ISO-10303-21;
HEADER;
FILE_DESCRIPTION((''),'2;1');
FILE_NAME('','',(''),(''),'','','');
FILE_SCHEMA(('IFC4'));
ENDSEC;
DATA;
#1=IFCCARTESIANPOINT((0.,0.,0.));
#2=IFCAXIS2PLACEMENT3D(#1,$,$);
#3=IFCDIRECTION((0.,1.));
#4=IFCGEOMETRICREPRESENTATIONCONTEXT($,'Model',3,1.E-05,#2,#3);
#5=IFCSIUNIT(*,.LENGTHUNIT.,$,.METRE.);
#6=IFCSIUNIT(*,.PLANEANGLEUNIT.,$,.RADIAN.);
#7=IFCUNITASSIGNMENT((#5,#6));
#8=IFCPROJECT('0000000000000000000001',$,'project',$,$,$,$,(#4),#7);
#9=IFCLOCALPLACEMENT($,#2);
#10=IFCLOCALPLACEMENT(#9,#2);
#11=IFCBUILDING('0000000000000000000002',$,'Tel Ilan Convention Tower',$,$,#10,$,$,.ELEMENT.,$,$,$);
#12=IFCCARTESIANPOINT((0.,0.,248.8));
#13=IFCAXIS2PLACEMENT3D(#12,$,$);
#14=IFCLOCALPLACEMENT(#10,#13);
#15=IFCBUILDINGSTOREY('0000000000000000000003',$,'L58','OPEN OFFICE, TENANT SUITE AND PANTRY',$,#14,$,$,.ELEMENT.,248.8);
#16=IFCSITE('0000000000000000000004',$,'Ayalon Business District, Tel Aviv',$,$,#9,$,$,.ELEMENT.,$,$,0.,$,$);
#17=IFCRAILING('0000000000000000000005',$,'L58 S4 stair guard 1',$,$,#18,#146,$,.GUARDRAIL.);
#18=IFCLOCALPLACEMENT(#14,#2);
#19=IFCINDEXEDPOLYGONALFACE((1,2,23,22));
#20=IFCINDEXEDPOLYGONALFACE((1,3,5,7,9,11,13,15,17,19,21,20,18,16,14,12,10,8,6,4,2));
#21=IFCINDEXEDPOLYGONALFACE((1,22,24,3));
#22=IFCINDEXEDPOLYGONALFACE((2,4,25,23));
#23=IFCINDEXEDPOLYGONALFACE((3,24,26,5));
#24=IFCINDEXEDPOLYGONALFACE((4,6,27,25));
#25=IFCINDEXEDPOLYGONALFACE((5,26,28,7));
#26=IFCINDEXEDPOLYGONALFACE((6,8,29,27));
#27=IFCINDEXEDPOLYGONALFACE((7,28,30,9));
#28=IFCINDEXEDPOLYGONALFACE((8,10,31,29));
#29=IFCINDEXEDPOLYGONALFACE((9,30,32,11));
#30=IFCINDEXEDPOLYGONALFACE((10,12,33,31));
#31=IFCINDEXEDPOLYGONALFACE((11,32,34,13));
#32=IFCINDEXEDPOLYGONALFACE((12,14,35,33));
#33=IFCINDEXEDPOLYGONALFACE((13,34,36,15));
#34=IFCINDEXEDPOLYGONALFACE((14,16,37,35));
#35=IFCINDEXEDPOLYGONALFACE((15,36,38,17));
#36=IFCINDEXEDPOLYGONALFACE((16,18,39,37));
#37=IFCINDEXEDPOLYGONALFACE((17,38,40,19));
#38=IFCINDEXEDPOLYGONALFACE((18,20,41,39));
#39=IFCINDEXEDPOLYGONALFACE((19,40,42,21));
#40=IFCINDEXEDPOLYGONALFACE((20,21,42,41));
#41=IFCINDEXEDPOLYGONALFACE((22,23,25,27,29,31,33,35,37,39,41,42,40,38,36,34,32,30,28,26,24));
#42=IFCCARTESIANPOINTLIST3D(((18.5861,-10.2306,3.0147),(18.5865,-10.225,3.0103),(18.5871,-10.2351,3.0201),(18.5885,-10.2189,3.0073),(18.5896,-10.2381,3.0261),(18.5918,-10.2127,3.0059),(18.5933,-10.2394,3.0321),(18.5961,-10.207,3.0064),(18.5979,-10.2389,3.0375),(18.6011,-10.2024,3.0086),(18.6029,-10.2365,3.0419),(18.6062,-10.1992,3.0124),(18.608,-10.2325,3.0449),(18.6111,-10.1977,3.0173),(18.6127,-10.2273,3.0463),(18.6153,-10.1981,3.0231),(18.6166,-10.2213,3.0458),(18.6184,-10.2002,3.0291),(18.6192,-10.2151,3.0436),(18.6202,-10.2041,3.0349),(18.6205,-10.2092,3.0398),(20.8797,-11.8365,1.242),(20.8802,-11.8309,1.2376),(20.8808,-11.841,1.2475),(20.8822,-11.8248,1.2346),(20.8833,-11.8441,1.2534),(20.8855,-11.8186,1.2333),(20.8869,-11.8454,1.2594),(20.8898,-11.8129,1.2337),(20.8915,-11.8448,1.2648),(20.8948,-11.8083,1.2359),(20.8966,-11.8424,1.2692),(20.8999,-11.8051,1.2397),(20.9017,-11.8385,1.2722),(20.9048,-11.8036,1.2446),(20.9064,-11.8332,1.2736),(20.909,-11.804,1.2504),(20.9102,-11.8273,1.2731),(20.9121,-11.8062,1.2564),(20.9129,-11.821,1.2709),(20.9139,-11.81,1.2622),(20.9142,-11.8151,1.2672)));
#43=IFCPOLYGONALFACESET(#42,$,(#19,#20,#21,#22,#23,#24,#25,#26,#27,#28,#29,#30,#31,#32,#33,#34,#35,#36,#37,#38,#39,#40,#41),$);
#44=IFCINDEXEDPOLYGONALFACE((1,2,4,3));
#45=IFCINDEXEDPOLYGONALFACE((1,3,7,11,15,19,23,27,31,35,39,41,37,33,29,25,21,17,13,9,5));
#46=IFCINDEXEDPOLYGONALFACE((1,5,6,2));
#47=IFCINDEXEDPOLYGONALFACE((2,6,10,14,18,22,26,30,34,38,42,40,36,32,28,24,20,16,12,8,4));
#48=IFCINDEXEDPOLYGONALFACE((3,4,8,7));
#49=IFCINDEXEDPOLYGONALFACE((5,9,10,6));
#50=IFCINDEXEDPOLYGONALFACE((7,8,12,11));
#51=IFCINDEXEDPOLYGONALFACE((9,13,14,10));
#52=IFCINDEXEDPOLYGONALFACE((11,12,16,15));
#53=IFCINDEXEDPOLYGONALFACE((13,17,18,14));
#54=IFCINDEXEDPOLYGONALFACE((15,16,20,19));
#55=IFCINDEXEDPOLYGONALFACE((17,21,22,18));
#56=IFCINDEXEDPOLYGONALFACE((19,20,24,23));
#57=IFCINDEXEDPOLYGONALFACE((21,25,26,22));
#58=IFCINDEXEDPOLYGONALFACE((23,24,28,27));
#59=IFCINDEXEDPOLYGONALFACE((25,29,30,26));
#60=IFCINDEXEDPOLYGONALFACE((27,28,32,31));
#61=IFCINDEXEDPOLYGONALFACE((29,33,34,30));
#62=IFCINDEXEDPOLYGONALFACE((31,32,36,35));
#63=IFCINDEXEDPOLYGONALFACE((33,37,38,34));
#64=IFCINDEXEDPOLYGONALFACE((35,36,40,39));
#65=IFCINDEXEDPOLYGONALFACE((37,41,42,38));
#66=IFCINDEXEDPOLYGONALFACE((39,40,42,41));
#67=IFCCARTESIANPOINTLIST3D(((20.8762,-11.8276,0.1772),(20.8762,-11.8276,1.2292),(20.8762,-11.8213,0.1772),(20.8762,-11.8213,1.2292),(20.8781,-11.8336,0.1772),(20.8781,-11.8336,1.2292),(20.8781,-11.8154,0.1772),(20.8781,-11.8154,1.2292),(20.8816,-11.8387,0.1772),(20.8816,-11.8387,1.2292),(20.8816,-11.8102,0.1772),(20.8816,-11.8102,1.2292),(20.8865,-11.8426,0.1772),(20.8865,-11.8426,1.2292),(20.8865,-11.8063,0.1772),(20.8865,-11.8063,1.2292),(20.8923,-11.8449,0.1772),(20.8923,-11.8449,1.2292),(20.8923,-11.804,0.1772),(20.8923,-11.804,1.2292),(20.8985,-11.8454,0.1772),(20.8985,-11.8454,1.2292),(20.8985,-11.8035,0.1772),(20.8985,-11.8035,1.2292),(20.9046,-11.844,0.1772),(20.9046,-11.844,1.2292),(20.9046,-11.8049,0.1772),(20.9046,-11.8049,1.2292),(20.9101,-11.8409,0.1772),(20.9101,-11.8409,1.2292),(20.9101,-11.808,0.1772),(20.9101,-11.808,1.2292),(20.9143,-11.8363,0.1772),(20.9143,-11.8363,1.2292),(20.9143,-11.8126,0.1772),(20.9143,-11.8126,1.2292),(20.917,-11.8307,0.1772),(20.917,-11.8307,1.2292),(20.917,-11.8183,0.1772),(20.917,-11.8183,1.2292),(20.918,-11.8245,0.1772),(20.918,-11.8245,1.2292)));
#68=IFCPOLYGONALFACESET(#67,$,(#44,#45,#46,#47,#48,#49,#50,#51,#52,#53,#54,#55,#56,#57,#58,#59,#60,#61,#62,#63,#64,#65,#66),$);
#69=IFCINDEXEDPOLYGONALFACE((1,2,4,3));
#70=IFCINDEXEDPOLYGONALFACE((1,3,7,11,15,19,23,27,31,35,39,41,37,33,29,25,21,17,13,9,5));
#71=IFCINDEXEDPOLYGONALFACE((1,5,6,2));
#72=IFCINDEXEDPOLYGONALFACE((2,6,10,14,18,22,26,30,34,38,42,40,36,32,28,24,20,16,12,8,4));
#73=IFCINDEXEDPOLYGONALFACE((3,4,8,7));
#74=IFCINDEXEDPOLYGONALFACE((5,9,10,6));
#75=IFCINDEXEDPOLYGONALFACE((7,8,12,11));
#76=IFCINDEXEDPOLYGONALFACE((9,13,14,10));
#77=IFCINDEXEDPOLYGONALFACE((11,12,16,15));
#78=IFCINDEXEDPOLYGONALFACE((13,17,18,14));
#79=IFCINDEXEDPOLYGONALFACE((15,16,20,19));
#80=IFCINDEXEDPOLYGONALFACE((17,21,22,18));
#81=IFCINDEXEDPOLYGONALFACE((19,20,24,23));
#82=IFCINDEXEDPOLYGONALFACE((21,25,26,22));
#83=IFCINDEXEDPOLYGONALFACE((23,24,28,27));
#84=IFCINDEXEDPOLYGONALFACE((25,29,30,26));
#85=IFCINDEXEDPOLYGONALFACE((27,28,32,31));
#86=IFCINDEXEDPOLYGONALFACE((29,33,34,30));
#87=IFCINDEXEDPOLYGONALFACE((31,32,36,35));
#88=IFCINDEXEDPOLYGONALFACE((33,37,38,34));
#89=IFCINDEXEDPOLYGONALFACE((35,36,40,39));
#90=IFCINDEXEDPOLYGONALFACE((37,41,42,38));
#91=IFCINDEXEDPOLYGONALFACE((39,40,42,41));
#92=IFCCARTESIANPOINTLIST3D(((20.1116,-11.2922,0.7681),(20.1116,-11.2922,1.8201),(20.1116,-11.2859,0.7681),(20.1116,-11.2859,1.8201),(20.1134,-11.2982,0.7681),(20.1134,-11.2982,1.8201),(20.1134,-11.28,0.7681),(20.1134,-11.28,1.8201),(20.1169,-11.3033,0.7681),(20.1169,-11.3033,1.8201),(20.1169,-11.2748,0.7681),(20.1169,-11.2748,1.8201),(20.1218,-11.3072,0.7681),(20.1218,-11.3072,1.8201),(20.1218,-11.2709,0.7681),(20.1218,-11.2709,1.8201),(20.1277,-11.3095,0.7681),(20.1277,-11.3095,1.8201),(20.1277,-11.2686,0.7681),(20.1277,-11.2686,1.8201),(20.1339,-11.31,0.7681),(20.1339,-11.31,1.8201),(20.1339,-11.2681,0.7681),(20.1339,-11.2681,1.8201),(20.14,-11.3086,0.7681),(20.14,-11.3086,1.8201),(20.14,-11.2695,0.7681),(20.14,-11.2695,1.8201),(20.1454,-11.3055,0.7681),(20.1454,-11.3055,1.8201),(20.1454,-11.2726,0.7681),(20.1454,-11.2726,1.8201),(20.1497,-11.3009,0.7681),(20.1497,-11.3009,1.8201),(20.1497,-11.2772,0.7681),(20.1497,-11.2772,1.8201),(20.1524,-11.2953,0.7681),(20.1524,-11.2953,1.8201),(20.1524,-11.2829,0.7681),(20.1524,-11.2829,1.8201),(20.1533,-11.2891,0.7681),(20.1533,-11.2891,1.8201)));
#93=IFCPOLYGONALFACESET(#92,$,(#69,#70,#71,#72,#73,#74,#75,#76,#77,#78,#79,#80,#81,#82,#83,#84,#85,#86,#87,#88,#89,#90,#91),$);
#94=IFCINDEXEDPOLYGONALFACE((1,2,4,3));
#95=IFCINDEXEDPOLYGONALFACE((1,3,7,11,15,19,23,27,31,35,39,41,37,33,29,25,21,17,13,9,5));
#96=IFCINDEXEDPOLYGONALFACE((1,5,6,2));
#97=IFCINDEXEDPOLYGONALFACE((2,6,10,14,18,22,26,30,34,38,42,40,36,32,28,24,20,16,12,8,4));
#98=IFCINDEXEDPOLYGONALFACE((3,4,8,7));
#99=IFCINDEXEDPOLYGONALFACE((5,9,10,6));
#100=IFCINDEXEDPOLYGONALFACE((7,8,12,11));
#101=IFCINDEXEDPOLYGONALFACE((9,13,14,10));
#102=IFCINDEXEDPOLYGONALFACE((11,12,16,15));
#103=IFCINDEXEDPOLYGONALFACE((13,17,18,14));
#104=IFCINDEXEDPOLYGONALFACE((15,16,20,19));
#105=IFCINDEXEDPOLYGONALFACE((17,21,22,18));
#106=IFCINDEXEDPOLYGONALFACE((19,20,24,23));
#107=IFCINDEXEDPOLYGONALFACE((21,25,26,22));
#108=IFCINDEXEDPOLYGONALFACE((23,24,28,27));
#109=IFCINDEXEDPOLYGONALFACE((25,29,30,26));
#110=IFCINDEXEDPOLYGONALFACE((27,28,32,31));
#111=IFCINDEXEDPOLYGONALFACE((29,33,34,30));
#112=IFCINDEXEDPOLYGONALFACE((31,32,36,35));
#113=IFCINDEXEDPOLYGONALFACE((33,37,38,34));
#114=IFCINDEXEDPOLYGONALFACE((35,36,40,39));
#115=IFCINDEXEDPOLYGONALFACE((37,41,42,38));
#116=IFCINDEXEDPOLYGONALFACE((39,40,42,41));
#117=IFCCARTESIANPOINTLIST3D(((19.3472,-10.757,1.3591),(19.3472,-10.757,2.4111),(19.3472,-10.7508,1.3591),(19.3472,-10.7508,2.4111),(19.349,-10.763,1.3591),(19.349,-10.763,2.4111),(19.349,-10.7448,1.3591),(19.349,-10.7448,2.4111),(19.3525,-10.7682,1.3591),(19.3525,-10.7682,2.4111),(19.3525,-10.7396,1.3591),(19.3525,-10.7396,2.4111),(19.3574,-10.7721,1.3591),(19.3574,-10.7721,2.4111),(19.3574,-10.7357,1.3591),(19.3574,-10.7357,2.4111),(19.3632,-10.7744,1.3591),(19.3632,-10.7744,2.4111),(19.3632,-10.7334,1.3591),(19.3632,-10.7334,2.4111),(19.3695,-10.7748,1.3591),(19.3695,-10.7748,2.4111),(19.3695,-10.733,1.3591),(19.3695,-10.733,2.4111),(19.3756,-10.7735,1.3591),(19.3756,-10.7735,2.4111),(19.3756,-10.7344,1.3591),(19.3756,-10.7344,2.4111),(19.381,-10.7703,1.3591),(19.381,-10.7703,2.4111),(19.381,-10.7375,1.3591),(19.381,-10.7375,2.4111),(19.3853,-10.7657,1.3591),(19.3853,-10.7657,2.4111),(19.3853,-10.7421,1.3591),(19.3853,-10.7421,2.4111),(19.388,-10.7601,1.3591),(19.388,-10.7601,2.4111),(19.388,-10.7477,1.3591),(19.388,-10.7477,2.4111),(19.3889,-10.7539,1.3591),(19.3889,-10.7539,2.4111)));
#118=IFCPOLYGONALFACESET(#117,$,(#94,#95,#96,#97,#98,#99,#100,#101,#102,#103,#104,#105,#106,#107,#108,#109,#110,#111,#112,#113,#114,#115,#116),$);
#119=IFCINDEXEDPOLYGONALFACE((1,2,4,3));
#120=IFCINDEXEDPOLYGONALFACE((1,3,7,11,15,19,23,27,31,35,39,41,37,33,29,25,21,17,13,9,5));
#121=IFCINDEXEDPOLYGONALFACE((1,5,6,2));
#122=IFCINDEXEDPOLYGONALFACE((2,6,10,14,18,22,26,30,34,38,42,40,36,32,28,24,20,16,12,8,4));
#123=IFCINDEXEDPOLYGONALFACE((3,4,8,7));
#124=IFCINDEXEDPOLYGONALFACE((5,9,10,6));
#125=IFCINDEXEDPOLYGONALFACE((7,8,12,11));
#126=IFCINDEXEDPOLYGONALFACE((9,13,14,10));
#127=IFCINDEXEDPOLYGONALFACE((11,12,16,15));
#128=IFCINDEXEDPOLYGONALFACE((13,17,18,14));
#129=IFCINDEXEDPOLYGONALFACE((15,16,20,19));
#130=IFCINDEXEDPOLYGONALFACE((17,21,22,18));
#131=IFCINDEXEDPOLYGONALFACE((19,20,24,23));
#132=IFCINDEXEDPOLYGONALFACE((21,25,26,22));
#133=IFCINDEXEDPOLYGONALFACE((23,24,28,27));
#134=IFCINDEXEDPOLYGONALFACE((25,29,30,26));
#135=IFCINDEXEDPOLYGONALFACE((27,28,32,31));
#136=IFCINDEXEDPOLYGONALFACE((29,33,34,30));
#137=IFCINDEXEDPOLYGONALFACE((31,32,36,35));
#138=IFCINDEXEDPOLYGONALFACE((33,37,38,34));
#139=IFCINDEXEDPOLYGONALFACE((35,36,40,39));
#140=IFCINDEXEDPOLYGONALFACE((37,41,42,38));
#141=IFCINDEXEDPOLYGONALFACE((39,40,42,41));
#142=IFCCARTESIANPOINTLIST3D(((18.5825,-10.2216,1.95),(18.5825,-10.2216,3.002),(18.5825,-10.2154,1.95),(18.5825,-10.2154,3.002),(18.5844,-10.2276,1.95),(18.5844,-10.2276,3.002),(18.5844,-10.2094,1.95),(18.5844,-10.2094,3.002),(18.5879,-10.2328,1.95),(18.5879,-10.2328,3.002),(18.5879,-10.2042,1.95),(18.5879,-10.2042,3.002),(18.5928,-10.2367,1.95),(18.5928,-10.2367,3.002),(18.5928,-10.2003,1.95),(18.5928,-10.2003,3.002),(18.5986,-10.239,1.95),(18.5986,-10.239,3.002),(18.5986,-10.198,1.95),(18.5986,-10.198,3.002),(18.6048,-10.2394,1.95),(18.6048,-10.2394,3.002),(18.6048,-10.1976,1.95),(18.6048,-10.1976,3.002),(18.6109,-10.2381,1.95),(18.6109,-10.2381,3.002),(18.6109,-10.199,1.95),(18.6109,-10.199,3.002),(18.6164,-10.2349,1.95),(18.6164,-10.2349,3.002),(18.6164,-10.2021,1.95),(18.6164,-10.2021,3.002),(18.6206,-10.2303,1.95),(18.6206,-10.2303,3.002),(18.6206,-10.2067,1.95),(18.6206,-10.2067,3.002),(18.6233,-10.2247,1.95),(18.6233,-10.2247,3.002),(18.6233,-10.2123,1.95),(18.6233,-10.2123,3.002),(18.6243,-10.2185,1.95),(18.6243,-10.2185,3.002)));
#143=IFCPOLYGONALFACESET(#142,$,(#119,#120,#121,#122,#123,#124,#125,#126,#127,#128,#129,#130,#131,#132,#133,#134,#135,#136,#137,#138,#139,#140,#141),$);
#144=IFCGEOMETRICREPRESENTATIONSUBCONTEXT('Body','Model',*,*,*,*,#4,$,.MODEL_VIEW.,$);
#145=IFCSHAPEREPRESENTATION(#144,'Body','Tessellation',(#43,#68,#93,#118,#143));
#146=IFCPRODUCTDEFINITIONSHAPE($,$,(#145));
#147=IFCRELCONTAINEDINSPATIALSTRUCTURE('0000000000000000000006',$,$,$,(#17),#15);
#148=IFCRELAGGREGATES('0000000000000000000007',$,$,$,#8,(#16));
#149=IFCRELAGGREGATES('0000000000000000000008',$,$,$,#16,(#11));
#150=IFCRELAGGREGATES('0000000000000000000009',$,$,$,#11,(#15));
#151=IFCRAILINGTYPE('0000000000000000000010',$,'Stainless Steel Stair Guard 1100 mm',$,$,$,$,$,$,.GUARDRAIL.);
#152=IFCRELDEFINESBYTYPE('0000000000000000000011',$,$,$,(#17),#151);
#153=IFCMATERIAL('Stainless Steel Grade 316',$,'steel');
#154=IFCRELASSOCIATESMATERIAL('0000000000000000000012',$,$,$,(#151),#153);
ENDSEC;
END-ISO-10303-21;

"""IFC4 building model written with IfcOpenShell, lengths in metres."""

from ifc_helpers import new_model, si_unit, direction, frame, origin, origin_2d, place, context, subcontext, project, spatial, circle, extrude, material, type_object, element, save


model = new_model("IFC4")

# Units and contexts
model_context = context("Model", 3, precision=1e-05, world=origin(), true_north=direction((0.0, 1.0)))
body_context = subcontext(model_context, "Body", "Model", "MODEL_VIEW")
ifc_project = project(units=[si_unit("LENGTHUNIT", "METRE"), si_unit("PLANEANGLEUNIT", "RADIAN")], contexts=[model_context])

# Site, building, storey
site_placement = place(None, origin())
site = spatial("IfcSite", under=ifc_project, at=site_placement, Name="Ayalon Business District, Tel Aviv", CompositionType="ELEMENT", RefElevation=0.0)
building_placement = place(site_placement, origin())
building = spatial("IfcBuilding", under=site, at=building_placement, Name="Tel Ilan Convention Tower", CompositionType="ELEMENT")
storey_placement = place(building_placement, frame((0.0, 0.0, 248.8)))
storey = spatial("IfcBuildingStorey", under=building, at=storey_placement, Name="L58", Description="OPEN OFFICE, TENANT SUITE AND PANTRY", CompositionType="ELEMENT", Elevation=248.8)

# Railing
ifc_material_1 = material(Name="Stainless Steel Grade 316", Category="steel")
railing_type_1 = type_object("IfcRailingType", Name="Stainless Steel Stair Guard 1100 mm", PredefinedType="GUARDRAIL", material=ifc_material_1)
railing_1_placement = place(storey_placement, frame((20.897, -11.8245, 0.1772)))
element("IfcRailing", 1, at=railing_1_placement, inside=storey, type_object=railing_type_1, Name="L58 S4 stair guard 1", PredefinedType="GUARDRAIL", context=body_context, shape_type="SweptSolid", body=[
    extrude(circle(Radius=0.0239, at=origin_2d()), frame((0.0, 0.0, 1.0762), z_axis=(-0.692123, 0.484597, 0.534913), x_axis=(-0.57355, -0.81917, 0.0)), (0.0, 0.0, 1.0), 3.314),
    extrude(circle(Radius=0.021, at=origin_2d()), origin(), (0.0, 0.0, 1.0), 1.052),
    extrude(circle(Radius=0.021, at=origin_2d()), frame((-0.7646, 0.5354, 0.5908)), (0.0, 0.0, 1.0), 1.052),
    extrude(circle(Radius=0.021, at=origin_2d()), frame((-1.5291, 1.0706, 1.1819)), (0.0, 0.0, 1.0), 1.052),
    extrude(circle(Radius=0.021, at=origin_2d()), frame((-2.2937, 1.606, 1.7727)), (0.0, 0.0, 1.0), 1.052),
])

save(model, "model.ifc")
